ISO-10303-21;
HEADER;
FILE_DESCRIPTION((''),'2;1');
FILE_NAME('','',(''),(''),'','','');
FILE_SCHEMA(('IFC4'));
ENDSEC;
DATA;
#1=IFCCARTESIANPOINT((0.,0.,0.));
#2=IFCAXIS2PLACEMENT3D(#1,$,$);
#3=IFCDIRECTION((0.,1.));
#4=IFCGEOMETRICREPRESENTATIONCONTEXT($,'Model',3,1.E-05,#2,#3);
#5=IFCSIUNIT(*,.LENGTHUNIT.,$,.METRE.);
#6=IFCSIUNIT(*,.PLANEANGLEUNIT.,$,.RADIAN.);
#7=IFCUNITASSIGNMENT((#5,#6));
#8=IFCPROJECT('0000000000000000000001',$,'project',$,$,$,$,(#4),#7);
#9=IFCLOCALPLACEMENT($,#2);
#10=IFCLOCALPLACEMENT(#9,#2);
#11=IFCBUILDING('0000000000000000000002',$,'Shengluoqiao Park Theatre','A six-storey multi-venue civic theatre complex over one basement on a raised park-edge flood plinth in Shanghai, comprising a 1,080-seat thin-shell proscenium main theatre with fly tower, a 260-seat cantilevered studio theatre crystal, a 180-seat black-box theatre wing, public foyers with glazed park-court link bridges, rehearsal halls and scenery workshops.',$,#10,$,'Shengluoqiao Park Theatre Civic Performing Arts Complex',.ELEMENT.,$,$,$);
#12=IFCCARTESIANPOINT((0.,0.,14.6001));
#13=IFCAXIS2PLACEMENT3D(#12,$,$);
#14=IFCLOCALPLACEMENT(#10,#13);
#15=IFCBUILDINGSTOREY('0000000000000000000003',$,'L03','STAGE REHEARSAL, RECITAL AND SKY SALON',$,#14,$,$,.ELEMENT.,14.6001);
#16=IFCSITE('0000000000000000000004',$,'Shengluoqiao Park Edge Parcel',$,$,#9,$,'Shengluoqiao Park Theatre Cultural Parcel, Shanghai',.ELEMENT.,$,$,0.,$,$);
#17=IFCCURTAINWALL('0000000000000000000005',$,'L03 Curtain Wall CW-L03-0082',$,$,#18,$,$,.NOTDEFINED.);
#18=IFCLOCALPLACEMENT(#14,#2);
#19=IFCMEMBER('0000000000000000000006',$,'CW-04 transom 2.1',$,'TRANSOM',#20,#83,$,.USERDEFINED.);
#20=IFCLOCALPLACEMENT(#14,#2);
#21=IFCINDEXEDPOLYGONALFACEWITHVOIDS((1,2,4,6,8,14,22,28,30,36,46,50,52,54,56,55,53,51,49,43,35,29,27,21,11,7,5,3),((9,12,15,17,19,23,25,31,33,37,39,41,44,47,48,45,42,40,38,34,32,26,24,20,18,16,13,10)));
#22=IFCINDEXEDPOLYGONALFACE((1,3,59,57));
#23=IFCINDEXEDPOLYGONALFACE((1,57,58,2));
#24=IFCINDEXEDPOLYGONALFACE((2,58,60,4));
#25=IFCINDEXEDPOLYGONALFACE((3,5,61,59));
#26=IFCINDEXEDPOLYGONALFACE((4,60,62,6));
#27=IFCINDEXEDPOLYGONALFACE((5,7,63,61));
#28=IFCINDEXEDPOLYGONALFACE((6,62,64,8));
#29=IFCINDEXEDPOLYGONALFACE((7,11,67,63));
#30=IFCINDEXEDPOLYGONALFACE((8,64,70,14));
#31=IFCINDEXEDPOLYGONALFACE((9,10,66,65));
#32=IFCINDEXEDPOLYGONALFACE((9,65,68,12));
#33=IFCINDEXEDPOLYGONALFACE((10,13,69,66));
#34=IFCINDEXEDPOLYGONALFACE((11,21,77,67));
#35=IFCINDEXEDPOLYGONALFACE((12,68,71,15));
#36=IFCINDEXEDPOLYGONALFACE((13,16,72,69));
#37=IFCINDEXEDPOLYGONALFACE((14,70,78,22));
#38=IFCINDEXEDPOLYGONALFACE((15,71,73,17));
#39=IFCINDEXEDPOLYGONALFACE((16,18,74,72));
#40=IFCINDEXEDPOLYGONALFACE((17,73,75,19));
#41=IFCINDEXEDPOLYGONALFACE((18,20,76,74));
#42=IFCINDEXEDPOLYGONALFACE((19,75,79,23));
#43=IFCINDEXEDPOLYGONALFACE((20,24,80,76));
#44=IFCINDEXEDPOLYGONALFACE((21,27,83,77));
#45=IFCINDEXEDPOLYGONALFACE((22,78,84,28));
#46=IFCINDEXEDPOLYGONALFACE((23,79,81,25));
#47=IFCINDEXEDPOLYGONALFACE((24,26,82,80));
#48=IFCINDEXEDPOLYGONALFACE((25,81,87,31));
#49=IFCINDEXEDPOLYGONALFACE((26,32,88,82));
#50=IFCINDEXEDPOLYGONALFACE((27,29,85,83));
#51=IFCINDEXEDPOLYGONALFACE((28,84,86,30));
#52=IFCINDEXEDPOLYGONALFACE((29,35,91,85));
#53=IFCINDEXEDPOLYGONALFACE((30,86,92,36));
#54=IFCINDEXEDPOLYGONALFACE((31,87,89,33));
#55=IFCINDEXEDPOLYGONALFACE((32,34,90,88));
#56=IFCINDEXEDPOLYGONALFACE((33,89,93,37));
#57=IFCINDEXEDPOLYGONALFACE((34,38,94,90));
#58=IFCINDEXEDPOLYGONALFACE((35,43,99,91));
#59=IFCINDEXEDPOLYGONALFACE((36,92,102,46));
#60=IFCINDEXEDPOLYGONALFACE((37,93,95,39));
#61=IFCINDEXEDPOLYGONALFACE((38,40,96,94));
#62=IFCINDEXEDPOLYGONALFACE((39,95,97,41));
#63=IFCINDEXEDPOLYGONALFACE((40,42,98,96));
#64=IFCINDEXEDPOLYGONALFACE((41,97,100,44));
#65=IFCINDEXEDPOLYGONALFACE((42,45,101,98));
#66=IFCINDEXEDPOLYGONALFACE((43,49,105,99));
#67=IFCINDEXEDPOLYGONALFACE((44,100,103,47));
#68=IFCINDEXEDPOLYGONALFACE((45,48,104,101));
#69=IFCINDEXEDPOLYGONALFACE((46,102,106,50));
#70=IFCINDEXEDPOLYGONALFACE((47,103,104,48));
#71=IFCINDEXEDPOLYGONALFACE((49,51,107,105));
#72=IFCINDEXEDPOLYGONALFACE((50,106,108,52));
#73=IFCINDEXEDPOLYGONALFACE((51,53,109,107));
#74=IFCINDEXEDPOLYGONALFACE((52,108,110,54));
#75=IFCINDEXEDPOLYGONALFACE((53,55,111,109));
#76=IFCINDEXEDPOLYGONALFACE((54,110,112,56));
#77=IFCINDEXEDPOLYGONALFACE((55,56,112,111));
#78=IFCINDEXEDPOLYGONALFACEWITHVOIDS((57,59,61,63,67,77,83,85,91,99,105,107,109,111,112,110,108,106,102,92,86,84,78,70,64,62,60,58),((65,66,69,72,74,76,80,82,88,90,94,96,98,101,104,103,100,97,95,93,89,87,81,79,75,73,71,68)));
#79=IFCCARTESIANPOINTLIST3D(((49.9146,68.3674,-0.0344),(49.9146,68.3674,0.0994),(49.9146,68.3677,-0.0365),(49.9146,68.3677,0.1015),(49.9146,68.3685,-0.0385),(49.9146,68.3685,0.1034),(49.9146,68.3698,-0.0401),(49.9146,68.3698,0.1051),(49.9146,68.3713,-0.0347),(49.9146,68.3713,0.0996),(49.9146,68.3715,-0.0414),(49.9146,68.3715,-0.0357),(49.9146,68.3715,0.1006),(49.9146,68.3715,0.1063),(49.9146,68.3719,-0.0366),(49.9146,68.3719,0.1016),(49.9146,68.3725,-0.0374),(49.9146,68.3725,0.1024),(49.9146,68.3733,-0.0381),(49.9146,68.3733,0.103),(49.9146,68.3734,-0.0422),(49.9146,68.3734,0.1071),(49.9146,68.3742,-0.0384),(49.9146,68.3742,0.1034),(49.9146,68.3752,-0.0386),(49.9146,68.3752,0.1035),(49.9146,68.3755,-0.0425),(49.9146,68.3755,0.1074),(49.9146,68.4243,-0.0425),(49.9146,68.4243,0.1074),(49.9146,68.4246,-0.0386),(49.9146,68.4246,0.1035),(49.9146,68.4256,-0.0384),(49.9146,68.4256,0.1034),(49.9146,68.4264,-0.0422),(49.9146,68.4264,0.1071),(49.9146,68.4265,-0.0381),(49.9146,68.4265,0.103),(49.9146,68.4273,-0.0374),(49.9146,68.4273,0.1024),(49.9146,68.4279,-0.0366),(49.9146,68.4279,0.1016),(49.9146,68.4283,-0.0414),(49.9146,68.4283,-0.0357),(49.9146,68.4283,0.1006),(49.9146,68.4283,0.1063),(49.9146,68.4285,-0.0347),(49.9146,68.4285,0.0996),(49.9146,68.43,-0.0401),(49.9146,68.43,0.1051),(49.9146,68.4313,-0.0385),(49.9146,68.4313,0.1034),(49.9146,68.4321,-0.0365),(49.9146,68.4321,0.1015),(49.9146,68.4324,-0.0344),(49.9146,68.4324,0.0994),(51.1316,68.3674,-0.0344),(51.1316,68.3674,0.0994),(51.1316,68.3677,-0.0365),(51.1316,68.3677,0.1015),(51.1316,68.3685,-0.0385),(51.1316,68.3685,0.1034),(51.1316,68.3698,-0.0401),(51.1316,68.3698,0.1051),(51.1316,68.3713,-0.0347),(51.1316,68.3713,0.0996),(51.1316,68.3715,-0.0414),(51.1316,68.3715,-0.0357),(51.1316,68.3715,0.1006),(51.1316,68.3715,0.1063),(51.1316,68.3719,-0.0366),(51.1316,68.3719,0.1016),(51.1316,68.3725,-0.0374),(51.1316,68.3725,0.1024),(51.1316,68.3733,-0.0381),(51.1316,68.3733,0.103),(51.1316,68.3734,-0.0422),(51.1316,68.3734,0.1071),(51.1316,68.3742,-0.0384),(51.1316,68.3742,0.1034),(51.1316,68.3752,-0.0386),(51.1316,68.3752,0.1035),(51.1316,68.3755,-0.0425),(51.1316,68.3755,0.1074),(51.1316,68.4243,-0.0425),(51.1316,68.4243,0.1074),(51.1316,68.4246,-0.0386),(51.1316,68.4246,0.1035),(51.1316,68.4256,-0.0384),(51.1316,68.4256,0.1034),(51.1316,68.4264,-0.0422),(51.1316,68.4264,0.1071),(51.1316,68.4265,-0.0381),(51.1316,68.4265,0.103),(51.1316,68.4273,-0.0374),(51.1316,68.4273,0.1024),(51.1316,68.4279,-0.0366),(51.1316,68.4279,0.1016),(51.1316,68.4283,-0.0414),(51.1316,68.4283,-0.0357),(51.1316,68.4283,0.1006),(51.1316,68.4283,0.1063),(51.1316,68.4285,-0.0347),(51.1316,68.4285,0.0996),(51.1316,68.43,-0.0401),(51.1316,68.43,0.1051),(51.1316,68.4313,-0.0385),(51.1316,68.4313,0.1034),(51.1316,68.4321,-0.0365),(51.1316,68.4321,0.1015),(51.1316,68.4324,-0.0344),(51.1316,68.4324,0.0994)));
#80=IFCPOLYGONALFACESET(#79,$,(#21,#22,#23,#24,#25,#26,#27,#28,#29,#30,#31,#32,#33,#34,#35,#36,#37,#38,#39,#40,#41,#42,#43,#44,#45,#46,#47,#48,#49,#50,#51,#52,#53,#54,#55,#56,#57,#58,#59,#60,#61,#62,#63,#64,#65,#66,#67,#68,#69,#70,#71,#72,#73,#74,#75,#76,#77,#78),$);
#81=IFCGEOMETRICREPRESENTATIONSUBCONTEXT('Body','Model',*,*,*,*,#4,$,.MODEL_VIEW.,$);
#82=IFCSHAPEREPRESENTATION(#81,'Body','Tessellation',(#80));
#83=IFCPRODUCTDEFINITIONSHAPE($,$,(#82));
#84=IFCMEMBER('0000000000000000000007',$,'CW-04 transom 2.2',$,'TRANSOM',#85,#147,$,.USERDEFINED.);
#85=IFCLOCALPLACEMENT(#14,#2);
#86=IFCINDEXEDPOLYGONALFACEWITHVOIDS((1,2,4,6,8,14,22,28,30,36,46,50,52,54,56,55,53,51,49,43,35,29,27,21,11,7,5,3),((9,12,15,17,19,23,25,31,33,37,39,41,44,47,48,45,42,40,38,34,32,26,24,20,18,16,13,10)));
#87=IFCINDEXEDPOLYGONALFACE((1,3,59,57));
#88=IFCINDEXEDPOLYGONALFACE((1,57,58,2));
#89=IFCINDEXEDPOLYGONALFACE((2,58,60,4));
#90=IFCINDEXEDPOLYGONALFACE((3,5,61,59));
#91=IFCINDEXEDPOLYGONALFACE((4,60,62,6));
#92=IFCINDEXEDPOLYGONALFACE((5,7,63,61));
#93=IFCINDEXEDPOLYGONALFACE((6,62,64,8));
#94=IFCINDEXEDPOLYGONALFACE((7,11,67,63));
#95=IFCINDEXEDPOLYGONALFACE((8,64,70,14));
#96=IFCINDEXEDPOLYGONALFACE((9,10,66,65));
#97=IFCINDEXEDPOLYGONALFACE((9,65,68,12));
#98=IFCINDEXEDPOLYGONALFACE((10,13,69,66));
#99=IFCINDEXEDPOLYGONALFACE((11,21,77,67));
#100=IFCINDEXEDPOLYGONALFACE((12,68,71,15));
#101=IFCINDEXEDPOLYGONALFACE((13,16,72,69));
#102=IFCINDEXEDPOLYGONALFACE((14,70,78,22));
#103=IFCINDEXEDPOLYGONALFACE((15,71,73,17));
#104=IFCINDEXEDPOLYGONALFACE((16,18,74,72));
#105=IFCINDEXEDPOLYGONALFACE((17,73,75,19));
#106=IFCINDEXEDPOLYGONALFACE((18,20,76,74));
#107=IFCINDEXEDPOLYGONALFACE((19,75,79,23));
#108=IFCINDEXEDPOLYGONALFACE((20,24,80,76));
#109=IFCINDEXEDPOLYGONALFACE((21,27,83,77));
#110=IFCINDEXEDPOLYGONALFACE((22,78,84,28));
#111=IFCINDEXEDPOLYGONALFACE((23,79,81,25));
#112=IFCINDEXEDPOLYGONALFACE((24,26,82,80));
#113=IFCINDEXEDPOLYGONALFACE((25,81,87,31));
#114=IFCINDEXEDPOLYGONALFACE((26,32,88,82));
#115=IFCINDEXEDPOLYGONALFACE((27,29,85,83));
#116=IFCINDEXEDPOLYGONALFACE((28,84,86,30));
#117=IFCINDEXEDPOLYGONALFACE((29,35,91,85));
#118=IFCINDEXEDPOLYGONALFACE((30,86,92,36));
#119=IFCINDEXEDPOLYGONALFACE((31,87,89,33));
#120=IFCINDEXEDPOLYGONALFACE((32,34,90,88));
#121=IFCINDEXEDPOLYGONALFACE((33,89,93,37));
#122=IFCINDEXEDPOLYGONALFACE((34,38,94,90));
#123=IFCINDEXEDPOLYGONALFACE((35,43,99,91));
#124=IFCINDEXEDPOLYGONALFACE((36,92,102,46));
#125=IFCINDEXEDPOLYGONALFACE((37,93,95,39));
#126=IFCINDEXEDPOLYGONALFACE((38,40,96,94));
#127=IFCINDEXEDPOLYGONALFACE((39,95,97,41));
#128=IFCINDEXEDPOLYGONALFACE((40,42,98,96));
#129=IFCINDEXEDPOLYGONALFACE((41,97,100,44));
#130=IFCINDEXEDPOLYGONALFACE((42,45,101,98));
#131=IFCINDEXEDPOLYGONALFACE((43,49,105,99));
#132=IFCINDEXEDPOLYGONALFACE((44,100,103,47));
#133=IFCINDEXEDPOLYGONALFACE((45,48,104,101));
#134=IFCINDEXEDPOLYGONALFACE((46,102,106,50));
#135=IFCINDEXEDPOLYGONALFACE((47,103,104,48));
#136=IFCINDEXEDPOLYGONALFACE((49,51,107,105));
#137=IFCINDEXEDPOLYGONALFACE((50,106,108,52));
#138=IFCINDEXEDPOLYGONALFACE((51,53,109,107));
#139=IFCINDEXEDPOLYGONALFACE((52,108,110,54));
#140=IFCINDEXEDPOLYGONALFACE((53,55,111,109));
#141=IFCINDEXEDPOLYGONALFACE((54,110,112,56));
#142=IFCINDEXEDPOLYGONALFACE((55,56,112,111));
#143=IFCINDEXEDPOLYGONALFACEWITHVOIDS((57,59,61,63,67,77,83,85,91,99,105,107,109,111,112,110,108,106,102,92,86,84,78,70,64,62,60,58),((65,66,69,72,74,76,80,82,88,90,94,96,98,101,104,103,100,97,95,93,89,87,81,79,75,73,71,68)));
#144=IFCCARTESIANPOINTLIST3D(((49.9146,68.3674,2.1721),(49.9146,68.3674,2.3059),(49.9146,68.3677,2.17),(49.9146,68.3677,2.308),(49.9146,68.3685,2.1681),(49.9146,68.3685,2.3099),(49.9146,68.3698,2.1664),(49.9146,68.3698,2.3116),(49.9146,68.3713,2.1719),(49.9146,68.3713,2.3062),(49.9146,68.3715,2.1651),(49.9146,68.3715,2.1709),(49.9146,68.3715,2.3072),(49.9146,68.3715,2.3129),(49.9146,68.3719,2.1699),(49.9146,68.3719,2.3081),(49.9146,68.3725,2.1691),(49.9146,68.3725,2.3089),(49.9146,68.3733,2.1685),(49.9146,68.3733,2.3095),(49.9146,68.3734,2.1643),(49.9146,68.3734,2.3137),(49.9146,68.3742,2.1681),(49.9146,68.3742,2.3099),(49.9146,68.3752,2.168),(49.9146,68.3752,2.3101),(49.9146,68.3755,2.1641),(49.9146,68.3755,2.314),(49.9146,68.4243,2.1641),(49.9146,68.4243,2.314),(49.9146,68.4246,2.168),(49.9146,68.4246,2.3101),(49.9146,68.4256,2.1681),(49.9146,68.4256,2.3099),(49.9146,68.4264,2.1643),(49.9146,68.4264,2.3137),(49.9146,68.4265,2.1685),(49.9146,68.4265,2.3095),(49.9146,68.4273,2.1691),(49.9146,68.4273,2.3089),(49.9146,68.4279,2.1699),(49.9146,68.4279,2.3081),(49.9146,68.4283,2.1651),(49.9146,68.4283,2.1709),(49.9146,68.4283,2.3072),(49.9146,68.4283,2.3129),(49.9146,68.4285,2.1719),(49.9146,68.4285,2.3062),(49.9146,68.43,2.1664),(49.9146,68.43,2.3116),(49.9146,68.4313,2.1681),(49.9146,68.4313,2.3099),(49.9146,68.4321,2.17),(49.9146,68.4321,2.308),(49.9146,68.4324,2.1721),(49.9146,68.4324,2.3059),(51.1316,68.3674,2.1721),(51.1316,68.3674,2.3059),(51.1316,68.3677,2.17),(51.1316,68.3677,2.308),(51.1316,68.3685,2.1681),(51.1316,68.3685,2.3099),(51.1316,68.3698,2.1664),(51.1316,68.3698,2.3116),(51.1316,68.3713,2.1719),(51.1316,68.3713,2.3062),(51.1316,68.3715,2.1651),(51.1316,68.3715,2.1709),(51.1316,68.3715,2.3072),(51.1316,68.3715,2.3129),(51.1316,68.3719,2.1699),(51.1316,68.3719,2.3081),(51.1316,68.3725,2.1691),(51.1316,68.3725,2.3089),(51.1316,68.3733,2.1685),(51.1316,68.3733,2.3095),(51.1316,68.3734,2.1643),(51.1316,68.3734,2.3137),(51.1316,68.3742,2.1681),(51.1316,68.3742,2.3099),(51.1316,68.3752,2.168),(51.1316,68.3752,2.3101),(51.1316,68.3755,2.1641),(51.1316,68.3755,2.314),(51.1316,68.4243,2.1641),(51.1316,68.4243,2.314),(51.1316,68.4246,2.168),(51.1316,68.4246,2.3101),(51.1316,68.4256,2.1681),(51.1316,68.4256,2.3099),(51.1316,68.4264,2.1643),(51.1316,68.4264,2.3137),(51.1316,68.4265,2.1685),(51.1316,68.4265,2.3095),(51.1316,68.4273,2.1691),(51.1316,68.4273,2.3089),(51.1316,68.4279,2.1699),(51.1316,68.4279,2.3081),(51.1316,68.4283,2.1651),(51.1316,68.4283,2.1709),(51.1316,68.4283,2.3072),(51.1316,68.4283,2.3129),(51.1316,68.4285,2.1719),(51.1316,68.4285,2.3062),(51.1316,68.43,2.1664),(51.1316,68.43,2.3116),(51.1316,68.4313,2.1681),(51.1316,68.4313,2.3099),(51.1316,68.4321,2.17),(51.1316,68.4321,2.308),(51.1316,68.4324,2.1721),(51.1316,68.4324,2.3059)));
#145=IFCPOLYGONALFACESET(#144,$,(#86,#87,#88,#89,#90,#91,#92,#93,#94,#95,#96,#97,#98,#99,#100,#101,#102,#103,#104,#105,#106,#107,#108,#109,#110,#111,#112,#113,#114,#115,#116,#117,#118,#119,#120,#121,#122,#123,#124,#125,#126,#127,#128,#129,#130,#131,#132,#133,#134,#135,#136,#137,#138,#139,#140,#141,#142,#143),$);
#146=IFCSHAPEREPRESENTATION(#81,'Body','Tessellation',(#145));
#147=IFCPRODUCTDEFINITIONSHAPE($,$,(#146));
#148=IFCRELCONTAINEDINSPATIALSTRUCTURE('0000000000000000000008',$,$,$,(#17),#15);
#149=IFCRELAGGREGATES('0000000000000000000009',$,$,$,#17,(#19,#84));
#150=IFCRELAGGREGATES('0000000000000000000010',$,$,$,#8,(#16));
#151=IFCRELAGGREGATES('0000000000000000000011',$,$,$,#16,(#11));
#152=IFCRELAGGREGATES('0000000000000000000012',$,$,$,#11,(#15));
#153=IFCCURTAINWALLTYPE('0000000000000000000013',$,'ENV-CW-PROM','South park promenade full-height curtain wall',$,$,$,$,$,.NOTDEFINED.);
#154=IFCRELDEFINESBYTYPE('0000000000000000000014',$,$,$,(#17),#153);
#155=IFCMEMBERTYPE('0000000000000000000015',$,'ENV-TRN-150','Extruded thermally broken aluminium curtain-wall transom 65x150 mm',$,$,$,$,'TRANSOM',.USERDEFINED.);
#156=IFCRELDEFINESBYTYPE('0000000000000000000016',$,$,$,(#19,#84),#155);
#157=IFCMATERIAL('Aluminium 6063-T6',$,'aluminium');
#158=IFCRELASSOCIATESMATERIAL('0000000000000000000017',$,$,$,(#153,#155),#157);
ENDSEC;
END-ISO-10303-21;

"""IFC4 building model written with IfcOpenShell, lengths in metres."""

from ifc_helpers import new_model, si_unit, direction, frame, origin, origin_2d, place, context, subcontext, project, spatial, hollow_rectangle, extrude, material, material_profile, profile_set, type_object, element, aggregate, save


model = new_model("IFC4")

# Units and contexts
model_context = context("Model", 3, precision=1e-05, world=origin(), true_north=direction((0.0, 1.0)))
body_context = subcontext(model_context, "Body", "Model", "MODEL_VIEW")
ifc_project = project(units=[si_unit("LENGTHUNIT", "METRE"), si_unit("PLANEANGLEUNIT", "RADIAN")], contexts=[model_context])

# Site, building, storey
site_placement = place(None, origin())
site = spatial("IfcSite", under=ifc_project, at=site_placement, Name="Shengluoqiao Park Edge Parcel", LongName="Shengluoqiao Park Theatre Cultural Parcel, Shanghai", CompositionType="ELEMENT", RefElevation=0.0)
building_placement = place(site_placement, origin())
building = spatial("IfcBuilding", under=site, at=building_placement, Name="Shengluoqiao Park Theatre", Description="A six-storey multi-venue civic theatre complex over one basement on a raised park-edge flood plinth in Shanghai, comprising a 1,080-seat thin-shell proscenium main theatre with fly tower, a 260-seat cantilevered studio theatre crystal, a 180-seat black-box theatre wing, public foyers with glazed park-court link bridges, rehearsal halls and scenery workshops.", LongName="Shengluoqiao Park Theatre Civic Performing Arts Complex", CompositionType="ELEMENT")
storey_placement = place(building_placement, frame((0.0, 0.0, 14.6001)))
storey = spatial("IfcBuildingStorey", under=building, at=storey_placement, Name="L03", Description="STAGE REHEARSAL, RECITAL AND SKY SALON", CompositionType="ELEMENT", Elevation=14.6001)

# Curtain wall
ifc_material_1 = material(Name="Aluminium 6063-T6", Category="aluminium")
curtain_wall_type = type_object("IfcCurtainWallType", Name="ENV-CW-PROM", Description="South park promenade full-height curtain wall", PredefinedType="NOTDEFINED", material=ifc_material_1)
curtain_wall_1_placement = place(storey_placement, origin())
curtain_wall_1 = element("IfcCurtainWall", 1, at=curtain_wall_1_placement, inside=storey, type_object=curtain_wall_type, Name="L03 Curtain Wall CW-L03-0082", PredefinedType="NOTDEFINED")

# Members
ifc_material_profile_1 = material_profile(ifc_material_1, hollow_rectangle(XDim=0.0649, YDim=0.1499, WallThickness=0.0039, InnerFilletRadius=0.0039, OuterFilletRadius=0.0081, at=origin_2d()), Name="ALU TRANSOM 150x65x4")
ifc_profile_set_1 = profile_set([ifc_material_profile_1], Name="Aluminium 6063-T6")
member_type_1 = type_object("IfcMemberType", Name="ENV-TRN-150", Description="Extruded thermally broken aluminium curtain-wall transom 65x150 mm", ElementType="TRANSOM", PredefinedType="USERDEFINED", material=ifc_profile_set_1)
member_1_placement = place(storey_placement, frame((49.9146, 68.3999, 0.0325), z_axis=(1.0, 0.0, 0.0), x_axis=(0.0, 1.0, 0.0)))
member_1 = element("IfcMember", 2, at=member_1_placement, type_object=member_type_1, Name="CW-04 transom 2.1", ObjectType="TRANSOM", PredefinedType="USERDEFINED", context=body_context, shape_type="SweptSolid", body=[
    extrude(hollow_rectangle(XDim=0.0649, YDim=0.1499, WallThickness=0.0039, InnerFilletRadius=0.0039, OuterFilletRadius=0.0081, at=origin_2d()), origin(), (0.0, 0.0, 1.0), 1.217),
])
member_2_placement = place(storey_placement, frame((49.9146, 68.3999, 2.239), z_axis=(1.0, 0.0, 0.0), x_axis=(0.0, 1.0, 0.0)))
member_2 = element("IfcMember", 3, at=member_2_placement, type_object=member_type_1, Name="CW-04 transom 2.2", ObjectType="TRANSOM", PredefinedType="USERDEFINED", context=body_context, shape_type="SweptSolid", body=[
    extrude(hollow_rectangle(XDim=0.0649, YDim=0.1499, WallThickness=0.0039, InnerFilletRadius=0.0039, OuterFilletRadius=0.0081, at=origin_2d()), origin(), (0.0, 0.0, 1.0), 1.217),
])

aggregate(curtain_wall_1, [member_1, member_2])

save(model, "model.ifc")
